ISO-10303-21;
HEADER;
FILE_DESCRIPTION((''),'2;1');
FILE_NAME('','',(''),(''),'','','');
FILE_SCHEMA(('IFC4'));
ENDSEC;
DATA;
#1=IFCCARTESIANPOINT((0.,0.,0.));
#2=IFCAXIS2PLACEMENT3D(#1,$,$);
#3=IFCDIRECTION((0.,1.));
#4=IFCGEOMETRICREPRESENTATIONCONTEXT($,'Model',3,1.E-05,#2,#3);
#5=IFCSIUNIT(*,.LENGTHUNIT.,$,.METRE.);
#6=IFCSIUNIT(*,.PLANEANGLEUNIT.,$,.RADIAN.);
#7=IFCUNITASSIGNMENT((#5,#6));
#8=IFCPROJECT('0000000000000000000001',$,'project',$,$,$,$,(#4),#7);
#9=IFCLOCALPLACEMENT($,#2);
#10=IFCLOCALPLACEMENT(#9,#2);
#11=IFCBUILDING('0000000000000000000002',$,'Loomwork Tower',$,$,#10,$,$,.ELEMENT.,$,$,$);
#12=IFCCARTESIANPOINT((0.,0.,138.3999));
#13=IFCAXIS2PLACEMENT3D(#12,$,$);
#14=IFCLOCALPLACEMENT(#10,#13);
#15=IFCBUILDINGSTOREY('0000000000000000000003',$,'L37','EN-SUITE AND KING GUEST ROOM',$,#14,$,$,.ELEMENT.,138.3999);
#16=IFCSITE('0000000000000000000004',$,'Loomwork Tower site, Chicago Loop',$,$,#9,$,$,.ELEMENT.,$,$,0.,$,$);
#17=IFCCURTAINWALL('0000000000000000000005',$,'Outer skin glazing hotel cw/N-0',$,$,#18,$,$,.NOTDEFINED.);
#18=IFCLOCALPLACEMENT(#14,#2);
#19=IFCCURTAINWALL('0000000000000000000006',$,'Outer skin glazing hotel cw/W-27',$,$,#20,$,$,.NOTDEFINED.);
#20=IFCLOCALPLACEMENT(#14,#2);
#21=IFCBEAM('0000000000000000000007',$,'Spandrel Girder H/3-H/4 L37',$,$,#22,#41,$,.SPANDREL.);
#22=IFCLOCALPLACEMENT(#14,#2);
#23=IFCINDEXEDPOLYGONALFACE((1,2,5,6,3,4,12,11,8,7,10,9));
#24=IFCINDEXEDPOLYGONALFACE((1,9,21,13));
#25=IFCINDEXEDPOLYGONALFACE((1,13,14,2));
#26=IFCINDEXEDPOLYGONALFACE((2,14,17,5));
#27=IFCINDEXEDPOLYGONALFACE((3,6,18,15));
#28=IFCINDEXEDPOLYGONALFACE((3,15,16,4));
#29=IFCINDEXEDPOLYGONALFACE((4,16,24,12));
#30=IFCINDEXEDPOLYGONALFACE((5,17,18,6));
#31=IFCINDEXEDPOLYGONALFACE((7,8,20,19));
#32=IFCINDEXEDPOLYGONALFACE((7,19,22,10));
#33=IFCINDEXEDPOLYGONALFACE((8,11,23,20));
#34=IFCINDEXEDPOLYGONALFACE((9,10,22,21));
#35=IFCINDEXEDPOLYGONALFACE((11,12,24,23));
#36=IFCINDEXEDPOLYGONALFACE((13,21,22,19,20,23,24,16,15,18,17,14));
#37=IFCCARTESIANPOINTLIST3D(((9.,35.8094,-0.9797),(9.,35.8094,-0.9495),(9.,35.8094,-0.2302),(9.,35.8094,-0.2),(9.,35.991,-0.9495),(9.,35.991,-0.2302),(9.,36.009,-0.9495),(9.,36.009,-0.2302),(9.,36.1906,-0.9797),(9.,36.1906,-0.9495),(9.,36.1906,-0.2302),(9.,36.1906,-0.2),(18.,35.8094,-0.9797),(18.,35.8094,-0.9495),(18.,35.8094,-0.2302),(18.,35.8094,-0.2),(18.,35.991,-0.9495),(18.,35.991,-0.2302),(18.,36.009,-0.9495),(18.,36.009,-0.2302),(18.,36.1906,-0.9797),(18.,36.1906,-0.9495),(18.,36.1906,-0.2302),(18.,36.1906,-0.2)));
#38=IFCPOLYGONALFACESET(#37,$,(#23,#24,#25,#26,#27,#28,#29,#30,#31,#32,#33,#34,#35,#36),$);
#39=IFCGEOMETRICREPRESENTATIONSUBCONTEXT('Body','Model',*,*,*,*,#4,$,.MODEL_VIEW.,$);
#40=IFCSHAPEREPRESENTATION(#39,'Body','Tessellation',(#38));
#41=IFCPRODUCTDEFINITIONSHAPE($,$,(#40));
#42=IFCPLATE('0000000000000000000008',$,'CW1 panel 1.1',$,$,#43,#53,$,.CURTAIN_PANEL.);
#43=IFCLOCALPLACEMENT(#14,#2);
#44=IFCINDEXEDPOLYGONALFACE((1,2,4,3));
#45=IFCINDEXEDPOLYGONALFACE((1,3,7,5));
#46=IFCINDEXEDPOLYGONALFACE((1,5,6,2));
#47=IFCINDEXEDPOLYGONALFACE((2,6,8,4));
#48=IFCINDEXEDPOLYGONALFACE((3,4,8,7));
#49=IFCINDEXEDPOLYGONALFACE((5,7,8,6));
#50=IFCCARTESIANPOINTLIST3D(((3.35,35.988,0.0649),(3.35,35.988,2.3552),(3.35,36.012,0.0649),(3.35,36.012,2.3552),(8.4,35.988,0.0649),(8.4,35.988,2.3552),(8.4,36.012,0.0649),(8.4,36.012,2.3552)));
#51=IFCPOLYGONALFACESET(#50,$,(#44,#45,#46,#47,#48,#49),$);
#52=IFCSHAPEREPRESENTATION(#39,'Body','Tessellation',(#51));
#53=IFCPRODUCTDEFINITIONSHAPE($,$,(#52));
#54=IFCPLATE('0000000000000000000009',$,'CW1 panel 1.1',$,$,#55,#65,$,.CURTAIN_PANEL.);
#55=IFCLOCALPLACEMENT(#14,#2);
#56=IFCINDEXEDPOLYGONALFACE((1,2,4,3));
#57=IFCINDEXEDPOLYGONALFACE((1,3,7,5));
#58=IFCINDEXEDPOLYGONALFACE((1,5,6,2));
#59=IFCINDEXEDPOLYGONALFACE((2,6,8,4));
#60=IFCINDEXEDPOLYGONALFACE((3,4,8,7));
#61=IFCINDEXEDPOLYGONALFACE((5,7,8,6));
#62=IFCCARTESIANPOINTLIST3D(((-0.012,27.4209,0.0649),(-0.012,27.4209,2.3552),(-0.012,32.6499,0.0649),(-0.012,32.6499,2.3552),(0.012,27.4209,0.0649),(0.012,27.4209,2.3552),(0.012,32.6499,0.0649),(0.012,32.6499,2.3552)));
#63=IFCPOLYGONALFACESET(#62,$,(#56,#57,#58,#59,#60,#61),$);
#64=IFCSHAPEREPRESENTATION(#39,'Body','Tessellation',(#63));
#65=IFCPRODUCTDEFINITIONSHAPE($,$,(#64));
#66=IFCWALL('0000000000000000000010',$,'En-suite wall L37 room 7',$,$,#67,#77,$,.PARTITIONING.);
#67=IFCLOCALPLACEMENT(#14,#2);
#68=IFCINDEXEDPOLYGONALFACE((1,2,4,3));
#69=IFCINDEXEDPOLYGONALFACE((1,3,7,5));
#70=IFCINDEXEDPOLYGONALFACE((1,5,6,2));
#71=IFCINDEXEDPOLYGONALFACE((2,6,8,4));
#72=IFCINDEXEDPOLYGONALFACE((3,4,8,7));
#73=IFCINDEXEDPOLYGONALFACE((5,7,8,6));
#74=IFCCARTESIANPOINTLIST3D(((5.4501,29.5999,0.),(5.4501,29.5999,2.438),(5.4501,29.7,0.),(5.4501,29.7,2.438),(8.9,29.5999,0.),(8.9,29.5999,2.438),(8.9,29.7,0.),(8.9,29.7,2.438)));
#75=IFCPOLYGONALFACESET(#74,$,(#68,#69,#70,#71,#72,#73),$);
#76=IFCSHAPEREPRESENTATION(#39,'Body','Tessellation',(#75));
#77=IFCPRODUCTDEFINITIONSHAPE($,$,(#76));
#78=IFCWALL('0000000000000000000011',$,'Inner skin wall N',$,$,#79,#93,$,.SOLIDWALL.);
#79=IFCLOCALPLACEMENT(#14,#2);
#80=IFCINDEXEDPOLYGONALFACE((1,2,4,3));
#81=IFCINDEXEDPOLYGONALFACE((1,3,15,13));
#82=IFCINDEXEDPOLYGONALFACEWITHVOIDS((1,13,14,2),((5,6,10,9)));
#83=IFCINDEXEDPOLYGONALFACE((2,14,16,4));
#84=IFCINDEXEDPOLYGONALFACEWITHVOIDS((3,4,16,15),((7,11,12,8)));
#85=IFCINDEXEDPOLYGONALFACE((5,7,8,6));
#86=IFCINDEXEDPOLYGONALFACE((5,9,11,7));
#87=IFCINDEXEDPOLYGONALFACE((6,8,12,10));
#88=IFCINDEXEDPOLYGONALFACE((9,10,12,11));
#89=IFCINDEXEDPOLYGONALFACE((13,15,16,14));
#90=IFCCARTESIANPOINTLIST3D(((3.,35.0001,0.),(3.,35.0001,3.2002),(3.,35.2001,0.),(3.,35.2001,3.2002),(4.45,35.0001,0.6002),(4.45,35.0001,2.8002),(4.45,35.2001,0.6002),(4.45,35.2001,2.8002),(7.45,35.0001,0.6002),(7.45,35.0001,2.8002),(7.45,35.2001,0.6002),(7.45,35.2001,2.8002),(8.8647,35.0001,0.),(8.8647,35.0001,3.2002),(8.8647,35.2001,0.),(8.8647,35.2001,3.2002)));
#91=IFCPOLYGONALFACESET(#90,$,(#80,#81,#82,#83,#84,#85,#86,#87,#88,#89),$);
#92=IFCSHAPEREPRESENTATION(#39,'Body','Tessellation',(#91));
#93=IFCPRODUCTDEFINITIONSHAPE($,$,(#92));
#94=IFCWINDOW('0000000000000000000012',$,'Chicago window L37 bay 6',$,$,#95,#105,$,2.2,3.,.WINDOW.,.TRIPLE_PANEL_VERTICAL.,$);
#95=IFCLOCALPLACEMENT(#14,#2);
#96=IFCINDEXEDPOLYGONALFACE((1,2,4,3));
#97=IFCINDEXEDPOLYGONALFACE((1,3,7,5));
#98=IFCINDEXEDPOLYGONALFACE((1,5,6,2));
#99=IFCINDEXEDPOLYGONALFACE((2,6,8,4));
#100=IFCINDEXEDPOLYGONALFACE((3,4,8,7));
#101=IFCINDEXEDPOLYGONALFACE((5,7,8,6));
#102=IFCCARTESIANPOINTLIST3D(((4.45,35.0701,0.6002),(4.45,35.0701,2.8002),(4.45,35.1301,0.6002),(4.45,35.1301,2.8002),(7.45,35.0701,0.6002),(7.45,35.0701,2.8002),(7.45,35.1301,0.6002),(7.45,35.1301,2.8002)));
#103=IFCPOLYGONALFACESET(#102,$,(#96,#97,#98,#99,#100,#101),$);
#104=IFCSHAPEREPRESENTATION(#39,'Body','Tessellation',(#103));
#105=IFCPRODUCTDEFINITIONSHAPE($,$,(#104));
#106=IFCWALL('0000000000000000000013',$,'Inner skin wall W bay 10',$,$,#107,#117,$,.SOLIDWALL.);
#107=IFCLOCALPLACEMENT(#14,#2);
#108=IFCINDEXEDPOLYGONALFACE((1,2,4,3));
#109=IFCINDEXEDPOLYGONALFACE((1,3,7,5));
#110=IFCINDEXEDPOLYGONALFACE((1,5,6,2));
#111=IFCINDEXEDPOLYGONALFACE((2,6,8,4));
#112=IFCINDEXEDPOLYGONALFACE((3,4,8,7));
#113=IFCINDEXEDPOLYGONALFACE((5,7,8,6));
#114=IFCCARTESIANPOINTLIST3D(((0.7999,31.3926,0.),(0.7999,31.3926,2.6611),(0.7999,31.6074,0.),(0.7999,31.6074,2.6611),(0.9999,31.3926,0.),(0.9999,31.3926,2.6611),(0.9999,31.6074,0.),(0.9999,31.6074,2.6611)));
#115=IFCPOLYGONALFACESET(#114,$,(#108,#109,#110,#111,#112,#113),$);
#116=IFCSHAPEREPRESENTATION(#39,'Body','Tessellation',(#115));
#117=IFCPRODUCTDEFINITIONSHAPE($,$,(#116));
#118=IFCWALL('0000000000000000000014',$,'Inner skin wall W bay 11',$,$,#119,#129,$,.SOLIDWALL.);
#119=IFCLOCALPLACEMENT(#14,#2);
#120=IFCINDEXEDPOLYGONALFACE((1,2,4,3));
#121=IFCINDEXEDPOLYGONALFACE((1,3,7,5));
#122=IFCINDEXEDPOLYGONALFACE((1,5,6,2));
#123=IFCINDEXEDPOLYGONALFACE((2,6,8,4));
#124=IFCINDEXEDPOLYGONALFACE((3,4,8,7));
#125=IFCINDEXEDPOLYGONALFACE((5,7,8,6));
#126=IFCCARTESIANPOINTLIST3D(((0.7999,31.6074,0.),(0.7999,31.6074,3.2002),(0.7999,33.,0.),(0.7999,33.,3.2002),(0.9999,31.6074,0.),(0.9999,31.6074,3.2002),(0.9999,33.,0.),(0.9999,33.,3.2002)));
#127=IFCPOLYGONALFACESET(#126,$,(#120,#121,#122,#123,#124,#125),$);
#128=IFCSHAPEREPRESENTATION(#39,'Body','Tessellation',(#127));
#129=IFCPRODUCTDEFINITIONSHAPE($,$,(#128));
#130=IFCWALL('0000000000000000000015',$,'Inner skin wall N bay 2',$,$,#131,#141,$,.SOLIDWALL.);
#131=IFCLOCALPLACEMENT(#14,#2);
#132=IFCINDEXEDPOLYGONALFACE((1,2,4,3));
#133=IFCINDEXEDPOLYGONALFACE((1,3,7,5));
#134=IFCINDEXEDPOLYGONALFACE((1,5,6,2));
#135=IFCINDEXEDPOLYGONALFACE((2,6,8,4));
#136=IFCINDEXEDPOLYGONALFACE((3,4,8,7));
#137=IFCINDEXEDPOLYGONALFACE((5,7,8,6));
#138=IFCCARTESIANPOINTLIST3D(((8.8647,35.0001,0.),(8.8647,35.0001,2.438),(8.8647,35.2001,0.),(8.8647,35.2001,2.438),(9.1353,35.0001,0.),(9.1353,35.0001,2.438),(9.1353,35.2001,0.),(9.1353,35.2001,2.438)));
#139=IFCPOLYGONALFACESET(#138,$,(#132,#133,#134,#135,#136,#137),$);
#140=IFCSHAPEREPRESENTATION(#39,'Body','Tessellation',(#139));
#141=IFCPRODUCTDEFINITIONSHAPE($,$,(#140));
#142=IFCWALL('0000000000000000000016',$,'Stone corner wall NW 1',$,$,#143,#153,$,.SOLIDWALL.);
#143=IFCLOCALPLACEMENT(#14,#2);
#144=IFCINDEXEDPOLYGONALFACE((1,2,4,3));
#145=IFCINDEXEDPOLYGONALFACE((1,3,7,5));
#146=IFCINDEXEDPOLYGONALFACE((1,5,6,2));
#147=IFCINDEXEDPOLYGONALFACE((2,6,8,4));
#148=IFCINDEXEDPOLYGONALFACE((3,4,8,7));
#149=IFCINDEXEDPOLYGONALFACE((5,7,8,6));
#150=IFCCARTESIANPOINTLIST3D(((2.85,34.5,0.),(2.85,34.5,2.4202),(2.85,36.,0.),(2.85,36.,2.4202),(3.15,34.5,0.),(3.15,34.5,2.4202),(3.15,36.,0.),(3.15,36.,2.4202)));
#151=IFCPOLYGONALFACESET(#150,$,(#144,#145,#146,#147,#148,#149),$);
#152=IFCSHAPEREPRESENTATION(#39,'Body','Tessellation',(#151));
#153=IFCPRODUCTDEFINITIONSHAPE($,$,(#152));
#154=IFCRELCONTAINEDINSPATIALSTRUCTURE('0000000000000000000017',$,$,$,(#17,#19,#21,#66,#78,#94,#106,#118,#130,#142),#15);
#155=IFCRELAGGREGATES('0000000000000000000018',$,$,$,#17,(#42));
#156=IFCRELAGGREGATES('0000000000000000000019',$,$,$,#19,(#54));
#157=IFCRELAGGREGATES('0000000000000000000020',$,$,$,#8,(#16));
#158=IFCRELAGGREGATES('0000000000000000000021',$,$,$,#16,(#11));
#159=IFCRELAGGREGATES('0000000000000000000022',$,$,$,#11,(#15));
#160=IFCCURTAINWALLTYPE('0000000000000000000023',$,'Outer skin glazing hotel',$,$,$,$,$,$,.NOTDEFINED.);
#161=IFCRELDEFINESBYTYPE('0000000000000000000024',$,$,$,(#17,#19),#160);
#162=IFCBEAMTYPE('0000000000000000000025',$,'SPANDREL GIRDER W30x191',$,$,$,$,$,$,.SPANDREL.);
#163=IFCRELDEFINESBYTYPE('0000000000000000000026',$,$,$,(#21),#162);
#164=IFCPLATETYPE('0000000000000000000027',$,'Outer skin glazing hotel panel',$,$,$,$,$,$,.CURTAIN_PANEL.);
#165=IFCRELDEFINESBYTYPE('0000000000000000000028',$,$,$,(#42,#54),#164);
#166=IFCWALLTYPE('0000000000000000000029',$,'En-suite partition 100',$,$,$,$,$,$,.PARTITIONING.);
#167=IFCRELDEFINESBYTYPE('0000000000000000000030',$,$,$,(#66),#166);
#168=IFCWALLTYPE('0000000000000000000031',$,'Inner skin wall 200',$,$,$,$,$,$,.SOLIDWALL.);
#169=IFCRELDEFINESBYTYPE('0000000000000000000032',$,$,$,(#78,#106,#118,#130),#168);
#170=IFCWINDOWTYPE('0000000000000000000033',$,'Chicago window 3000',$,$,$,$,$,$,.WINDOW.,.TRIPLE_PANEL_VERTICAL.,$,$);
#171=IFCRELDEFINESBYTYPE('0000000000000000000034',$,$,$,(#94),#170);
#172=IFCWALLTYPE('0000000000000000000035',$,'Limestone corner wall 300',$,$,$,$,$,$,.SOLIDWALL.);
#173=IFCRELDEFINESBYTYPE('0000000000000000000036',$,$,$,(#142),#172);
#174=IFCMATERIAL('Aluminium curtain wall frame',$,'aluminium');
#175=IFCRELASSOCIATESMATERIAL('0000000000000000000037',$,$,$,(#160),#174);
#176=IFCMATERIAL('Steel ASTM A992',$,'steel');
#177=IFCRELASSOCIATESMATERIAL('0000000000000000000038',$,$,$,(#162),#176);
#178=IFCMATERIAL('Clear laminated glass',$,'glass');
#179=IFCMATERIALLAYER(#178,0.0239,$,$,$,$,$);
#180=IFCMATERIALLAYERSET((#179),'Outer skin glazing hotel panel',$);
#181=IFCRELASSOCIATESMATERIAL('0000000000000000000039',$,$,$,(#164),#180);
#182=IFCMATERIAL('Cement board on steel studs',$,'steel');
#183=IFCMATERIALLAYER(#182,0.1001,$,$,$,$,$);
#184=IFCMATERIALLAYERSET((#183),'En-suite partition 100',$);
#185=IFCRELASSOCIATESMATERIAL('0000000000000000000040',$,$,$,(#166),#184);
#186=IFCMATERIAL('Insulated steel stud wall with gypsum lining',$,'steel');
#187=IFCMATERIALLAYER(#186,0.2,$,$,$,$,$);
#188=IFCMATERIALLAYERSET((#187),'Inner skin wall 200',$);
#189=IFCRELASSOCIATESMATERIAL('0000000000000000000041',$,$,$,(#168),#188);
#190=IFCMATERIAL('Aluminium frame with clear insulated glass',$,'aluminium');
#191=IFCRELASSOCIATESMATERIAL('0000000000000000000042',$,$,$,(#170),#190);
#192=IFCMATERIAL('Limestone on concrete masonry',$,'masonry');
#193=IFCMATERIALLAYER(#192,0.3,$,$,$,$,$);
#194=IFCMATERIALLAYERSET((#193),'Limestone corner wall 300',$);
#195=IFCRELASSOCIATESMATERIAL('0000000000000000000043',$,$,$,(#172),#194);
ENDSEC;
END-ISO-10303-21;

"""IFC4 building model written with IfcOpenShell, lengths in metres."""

from ifc_helpers import new_model, si_unit, direction, frame, frame_2d, origin, origin_2d, place, context, subcontext, project, spatial, rectangle, i_section, extrude, material, layer, layer_set, material_profile, profile_set, type_object, element, fill, aggregate, save


model = new_model("IFC4")

# Units and contexts
model_context = context("Model", 3, precision=1e-05, world=origin(), true_north=direction((0.0, 1.0)))
body_context = subcontext(model_context, "Body", "Model", "MODEL_VIEW")
ifc_project = project(units=[si_unit("LENGTHUNIT", "METRE"), si_unit("PLANEANGLEUNIT", "RADIAN")], contexts=[model_context])

# Site, building, storey
site_placement = place(None, origin())
site = spatial("IfcSite", under=ifc_project, at=site_placement, Name="Loomwork Tower site, Chicago Loop", CompositionType="ELEMENT", RefElevation=0.0)
building_placement = place(site_placement, origin())
building = spatial("IfcBuilding", under=site, at=building_placement, Name="Loomwork Tower", CompositionType="ELEMENT")
storey_placement = place(building_placement, frame((0.0, 0.0, 138.3999)))
storey = spatial("IfcBuildingStorey", under=building, at=storey_placement, Name="L37", Description="EN-SUITE AND KING GUEST ROOM", CompositionType="ELEMENT", Elevation=138.3999)

# Curtain wall
ifc_material_1 = material(Name="Aluminium curtain wall frame", Category="aluminium")
curtain_wall_type = type_object("IfcCurtainWallType", Name="Outer skin glazing hotel", PredefinedType="NOTDEFINED", material=ifc_material_1)
curtain_wall_1_placement = place(storey_placement, origin())
curtain_wall_1 = element("IfcCurtainWall", 1, at=curtain_wall_1_placement, inside=storey, type_object=curtain_wall_type, Name="Outer skin glazing hotel cw/N-0", PredefinedType="NOTDEFINED")

# Curtain wall
curtain_wall_2_placement = place(storey_placement, origin())
curtain_wall_2 = element("IfcCurtainWall", 2, at=curtain_wall_2_placement, inside=storey, type_object=curtain_wall_type, Name="Outer skin glazing hotel cw/W-27", PredefinedType="NOTDEFINED")

# Beam
ifc_material_2 = material(Name="Steel ASTM A992", Category="steel")
ifc_material_profile_1 = material_profile(ifc_material_2, i_section(OverallWidth=0.3811, OverallDepth=0.7798, WebThickness=0.0181, FlangeThickness=0.0303, at=origin_2d()), Name="W30x191")
ifc_profile_set_1 = profile_set([ifc_material_profile_1], Name="Steel ASTM A992")
beam_type_1 = type_object("IfcBeamType", Name="SPANDREL GIRDER W30x191", PredefinedType="SPANDREL", material=ifc_profile_set_1)
for number, where, z_axis, x_axis, name in (
    (3, (9.0, 36.0, -0.5898), (1.0, 0.0, 0.0), (0.0, 1.0, 0.0), "Spandrel Girder H/3-H/4 L37"),
):
    element("IfcBeam", number, at=place(storey_placement, frame(where, z_axis=z_axis, x_axis=x_axis)), inside=storey, type_object=beam_type_1, Name=name, PredefinedType="SPANDREL", context=body_context, shape_type="SweptSolid", body=[
        extrude(i_section(OverallWidth=0.3811, OverallDepth=0.7798, WebThickness=0.0181, FlangeThickness=0.0303, at=origin_2d()), origin(), (0.0, 0.0, 1.0), 9.0),
    ])

# Plates
ifc_material_3 = material(Name="Clear laminated glass", Category="glass")
ifc_layer_1 = layer(ifc_material_3, 0.0239)
ifc_layer_set_1 = layer_set([ifc_layer_1], Name="Outer skin glazing hotel panel")
plate_type = type_object("IfcPlateType", Name="Outer skin glazing hotel panel", PredefinedType="CURTAIN_PANEL", material=ifc_layer_set_1)
plate_1_placement = place(storey_placement, frame((5.875, 36.0, 0.0649), z_axis=(0.0, 0.0, 1.0), x_axis=(-1.0, 0.0, 0.0)))
plate_1 = element("IfcPlate", 4, at=plate_1_placement, type_object=plate_type, Name="CW1 panel 1.1", PredefinedType="CURTAIN_PANEL", context=body_context, shape_type="SweptSolid", body=[
    extrude(rectangle(XDim=5.05, YDim=0.0239, at=origin_2d()), origin(), (0.0, 0.0, 1.0), 2.2903),
])
aggregate(curtain_wall_1, [plate_1])
plate_2_placement = place(storey_placement, frame((0.0, 30.0354, 0.0649), z_axis=(0.0, 0.0, 1.0), x_axis=(0.0, -1.0, 0.0)))
plate_2 = element("IfcPlate", 5, at=plate_2_placement, type_object=plate_type, Name="CW1 panel 1.1", PredefinedType="CURTAIN_PANEL", context=body_context, shape_type="SweptSolid", body=[
    extrude(rectangle(XDim=5.229, YDim=0.0239, at=origin_2d()), origin(), (0.0, 0.0, 1.0), 2.2903),
])
aggregate(curtain_wall_2, [plate_2])

# Wall
ifc_material_4 = material(Name="Cement board on steel studs", Category="steel")
ifc_layer_2 = layer(ifc_material_4, 0.1001)
ifc_layer_set_2 = layer_set([ifc_layer_2], Name="En-suite partition 100")
wall_type_1 = type_object("IfcWallType", Name="En-suite partition 100", PredefinedType="PARTITIONING", material=ifc_layer_set_2)
wall_1_placement = place(storey_placement, frame((5.45, 29.6499, 0.0), z_axis=(0.0, 0.0, 1.0), x_axis=(1.0, 0.0, 0.0)))
element("IfcWall", 6, at=wall_1_placement, inside=storey, type_object=wall_type_1, Name="En-suite wall L37 room 7", PredefinedType="PARTITIONING", context=body_context, shape_type="SweptSolid", body=[
    extrude(rectangle(XDim=3.45, YDim=0.1001, at=frame_2d((1.7251, 0.0))), origin(), (0.0, 0.0, 1.0), 2.438),
])

# Wall, opening, window
ifc_material_5 = material(Name="Insulated steel stud wall with gypsum lining", Category="steel")
ifc_layer_3 = layer(ifc_material_5, 0.2)
ifc_layer_set_3 = layer_set([ifc_layer_3], Name="Inner skin wall 200")
wall_type_2 = type_object("IfcWallType", Name="Inner skin wall 200", PredefinedType="SOLIDWALL", material=ifc_layer_set_3)
wall_2_placement = place(storey_placement, frame((3.0, 35.1001, 0.0), z_axis=(0.0, 0.0, 1.0), x_axis=(1.0, 0.0, 0.0)))
wall_2 = element("IfcWall", 7, at=wall_2_placement, inside=storey, type_object=wall_type_2, Name="Inner skin wall N", PredefinedType="SOLIDWALL", context=body_context, shape_type="SweptSolid", body=[
    extrude(rectangle(XDim=5.8647, YDim=0.2, at=frame_2d((2.9324, 0.0))), origin(), (0.0, 0.0, 1.0), 3.2002),
])
opening_1_placement = place(wall_2_placement, frame((1.45, 0.0, 0.6001)))
opening_1 = element("IfcOpeningElement", 8, at=opening_1_placement, cuts=wall_2, PredefinedType="OPENING", context=body_context, shape_type="SweptSolid", body=[
    extrude(rectangle(XDim=3.0, YDim=2.2, at=frame_2d((1.5, 1.1001))), frame((0.0, 0.1099, 0.0), z_axis=(0.0, -1.0, 0.0), x_axis=(1.0, 0.0, 0.0)), (0.0, 0.0, 1.0), 0.22),
])
ifc_material_6 = material(Name="Aluminium frame with clear insulated glass", Category="aluminium")
window_type_1 = type_object("IfcWindowType", Name="Chicago window 3000", PartitioningType="TRIPLE_PANEL_VERTICAL", PredefinedType="WINDOW", material=ifc_material_6)
window_1_placement = place(opening_1_placement, origin())
window_1 = element("IfcWindow", 9, at=window_1_placement, inside=storey, type_object=window_type_1, Name="Chicago window L37 bay 6", OverallHeight=2.2, OverallWidth=3.0, PartitioningType="TRIPLE_PANEL_VERTICAL", PredefinedType="WINDOW", context=body_context, shape_type="SweptSolid", body=[
    extrude(rectangle(XDim=3.0, YDim=2.2, at=frame_2d((1.5, 1.1001))), frame((0.0, 0.03, 0.0), z_axis=(0.0, -1.0, 0.0), x_axis=(1.0, 0.0, 0.0)), (0.0, 0.0, 1.0), 0.0601),
])
fill(opening_1, window_1)

# Walls
wall_3_placement = place(storey_placement, frame((0.8999, 31.3926, 0.0), z_axis=(0.0, 0.0, 1.0), x_axis=(0.0, 1.0, 0.0)))
element("IfcWall", 10, at=wall_3_placement, inside=storey, type_object=wall_type_2, Name="Inner skin wall W bay 10", PredefinedType="SOLIDWALL", context=body_context, shape_type="SweptSolid", body=[
    extrude(rectangle(XDim=0.2148, YDim=0.2, at=frame_2d((0.1074, 0.0))), origin(), (0.0, 0.0, 1.0), 2.6611),
])
wall_4_placement = place(storey_placement, frame((0.8999, 31.6074, 0.0), z_axis=(0.0, 0.0, 1.0), x_axis=(0.0, 1.0, 0.0)))
element("IfcWall", 11, at=wall_4_placement, inside=storey, type_object=wall_type_2, Name="Inner skin wall W bay 11", PredefinedType="SOLIDWALL", context=body_context, shape_type="SweptSolid", body=[
    extrude(rectangle(XDim=1.3926, YDim=0.2, at=frame_2d((0.6963, 0.0))), origin(), (0.0, 0.0, 1.0), 3.2002),
])
wall_5_placement = place(storey_placement, frame((8.8647, 35.1001, 0.0), z_axis=(0.0, 0.0, 1.0), x_axis=(1.0, 0.0, 0.0)))
element("IfcWall", 12, at=wall_5_placement, inside=storey, type_object=wall_type_2, Name="Inner skin wall N bay 2", PredefinedType="SOLIDWALL", context=body_context, shape_type="SweptSolid", body=[
    extrude(rectangle(XDim=0.2705, YDim=0.2, at=frame_2d((0.1353, 0.0))), origin(), (0.0, 0.0, 1.0), 2.438),
])
ifc_material_7 = material(Name="Limestone on concrete masonry", Category="masonry")
ifc_layer_4 = layer(ifc_material_7, 0.3)
ifc_layer_set_4 = layer_set([ifc_layer_4], Name="Limestone corner wall 300")
wall_type_3 = type_object("IfcWallType", Name="Limestone corner wall 300", PredefinedType="SOLIDWALL", material=ifc_layer_set_4)
wall_6_placement = place(storey_placement, frame((3.0, 36.0, 0.0), z_axis=(0.0, 0.0, 1.0), x_axis=(0.0, -1.0, 0.0)))
element("IfcWall", 13, at=wall_6_placement, inside=storey, type_object=wall_type_3, Name="Stone corner wall NW 1", PredefinedType="SOLIDWALL", context=body_context, shape_type="SweptSolid", body=[
    extrude(rectangle(XDim=1.5, YDim=0.3, at=frame_2d((0.75, 0.0))), origin(), (0.0, 0.0, 1.0), 2.4202),
])

save(model, "model.ifc")
